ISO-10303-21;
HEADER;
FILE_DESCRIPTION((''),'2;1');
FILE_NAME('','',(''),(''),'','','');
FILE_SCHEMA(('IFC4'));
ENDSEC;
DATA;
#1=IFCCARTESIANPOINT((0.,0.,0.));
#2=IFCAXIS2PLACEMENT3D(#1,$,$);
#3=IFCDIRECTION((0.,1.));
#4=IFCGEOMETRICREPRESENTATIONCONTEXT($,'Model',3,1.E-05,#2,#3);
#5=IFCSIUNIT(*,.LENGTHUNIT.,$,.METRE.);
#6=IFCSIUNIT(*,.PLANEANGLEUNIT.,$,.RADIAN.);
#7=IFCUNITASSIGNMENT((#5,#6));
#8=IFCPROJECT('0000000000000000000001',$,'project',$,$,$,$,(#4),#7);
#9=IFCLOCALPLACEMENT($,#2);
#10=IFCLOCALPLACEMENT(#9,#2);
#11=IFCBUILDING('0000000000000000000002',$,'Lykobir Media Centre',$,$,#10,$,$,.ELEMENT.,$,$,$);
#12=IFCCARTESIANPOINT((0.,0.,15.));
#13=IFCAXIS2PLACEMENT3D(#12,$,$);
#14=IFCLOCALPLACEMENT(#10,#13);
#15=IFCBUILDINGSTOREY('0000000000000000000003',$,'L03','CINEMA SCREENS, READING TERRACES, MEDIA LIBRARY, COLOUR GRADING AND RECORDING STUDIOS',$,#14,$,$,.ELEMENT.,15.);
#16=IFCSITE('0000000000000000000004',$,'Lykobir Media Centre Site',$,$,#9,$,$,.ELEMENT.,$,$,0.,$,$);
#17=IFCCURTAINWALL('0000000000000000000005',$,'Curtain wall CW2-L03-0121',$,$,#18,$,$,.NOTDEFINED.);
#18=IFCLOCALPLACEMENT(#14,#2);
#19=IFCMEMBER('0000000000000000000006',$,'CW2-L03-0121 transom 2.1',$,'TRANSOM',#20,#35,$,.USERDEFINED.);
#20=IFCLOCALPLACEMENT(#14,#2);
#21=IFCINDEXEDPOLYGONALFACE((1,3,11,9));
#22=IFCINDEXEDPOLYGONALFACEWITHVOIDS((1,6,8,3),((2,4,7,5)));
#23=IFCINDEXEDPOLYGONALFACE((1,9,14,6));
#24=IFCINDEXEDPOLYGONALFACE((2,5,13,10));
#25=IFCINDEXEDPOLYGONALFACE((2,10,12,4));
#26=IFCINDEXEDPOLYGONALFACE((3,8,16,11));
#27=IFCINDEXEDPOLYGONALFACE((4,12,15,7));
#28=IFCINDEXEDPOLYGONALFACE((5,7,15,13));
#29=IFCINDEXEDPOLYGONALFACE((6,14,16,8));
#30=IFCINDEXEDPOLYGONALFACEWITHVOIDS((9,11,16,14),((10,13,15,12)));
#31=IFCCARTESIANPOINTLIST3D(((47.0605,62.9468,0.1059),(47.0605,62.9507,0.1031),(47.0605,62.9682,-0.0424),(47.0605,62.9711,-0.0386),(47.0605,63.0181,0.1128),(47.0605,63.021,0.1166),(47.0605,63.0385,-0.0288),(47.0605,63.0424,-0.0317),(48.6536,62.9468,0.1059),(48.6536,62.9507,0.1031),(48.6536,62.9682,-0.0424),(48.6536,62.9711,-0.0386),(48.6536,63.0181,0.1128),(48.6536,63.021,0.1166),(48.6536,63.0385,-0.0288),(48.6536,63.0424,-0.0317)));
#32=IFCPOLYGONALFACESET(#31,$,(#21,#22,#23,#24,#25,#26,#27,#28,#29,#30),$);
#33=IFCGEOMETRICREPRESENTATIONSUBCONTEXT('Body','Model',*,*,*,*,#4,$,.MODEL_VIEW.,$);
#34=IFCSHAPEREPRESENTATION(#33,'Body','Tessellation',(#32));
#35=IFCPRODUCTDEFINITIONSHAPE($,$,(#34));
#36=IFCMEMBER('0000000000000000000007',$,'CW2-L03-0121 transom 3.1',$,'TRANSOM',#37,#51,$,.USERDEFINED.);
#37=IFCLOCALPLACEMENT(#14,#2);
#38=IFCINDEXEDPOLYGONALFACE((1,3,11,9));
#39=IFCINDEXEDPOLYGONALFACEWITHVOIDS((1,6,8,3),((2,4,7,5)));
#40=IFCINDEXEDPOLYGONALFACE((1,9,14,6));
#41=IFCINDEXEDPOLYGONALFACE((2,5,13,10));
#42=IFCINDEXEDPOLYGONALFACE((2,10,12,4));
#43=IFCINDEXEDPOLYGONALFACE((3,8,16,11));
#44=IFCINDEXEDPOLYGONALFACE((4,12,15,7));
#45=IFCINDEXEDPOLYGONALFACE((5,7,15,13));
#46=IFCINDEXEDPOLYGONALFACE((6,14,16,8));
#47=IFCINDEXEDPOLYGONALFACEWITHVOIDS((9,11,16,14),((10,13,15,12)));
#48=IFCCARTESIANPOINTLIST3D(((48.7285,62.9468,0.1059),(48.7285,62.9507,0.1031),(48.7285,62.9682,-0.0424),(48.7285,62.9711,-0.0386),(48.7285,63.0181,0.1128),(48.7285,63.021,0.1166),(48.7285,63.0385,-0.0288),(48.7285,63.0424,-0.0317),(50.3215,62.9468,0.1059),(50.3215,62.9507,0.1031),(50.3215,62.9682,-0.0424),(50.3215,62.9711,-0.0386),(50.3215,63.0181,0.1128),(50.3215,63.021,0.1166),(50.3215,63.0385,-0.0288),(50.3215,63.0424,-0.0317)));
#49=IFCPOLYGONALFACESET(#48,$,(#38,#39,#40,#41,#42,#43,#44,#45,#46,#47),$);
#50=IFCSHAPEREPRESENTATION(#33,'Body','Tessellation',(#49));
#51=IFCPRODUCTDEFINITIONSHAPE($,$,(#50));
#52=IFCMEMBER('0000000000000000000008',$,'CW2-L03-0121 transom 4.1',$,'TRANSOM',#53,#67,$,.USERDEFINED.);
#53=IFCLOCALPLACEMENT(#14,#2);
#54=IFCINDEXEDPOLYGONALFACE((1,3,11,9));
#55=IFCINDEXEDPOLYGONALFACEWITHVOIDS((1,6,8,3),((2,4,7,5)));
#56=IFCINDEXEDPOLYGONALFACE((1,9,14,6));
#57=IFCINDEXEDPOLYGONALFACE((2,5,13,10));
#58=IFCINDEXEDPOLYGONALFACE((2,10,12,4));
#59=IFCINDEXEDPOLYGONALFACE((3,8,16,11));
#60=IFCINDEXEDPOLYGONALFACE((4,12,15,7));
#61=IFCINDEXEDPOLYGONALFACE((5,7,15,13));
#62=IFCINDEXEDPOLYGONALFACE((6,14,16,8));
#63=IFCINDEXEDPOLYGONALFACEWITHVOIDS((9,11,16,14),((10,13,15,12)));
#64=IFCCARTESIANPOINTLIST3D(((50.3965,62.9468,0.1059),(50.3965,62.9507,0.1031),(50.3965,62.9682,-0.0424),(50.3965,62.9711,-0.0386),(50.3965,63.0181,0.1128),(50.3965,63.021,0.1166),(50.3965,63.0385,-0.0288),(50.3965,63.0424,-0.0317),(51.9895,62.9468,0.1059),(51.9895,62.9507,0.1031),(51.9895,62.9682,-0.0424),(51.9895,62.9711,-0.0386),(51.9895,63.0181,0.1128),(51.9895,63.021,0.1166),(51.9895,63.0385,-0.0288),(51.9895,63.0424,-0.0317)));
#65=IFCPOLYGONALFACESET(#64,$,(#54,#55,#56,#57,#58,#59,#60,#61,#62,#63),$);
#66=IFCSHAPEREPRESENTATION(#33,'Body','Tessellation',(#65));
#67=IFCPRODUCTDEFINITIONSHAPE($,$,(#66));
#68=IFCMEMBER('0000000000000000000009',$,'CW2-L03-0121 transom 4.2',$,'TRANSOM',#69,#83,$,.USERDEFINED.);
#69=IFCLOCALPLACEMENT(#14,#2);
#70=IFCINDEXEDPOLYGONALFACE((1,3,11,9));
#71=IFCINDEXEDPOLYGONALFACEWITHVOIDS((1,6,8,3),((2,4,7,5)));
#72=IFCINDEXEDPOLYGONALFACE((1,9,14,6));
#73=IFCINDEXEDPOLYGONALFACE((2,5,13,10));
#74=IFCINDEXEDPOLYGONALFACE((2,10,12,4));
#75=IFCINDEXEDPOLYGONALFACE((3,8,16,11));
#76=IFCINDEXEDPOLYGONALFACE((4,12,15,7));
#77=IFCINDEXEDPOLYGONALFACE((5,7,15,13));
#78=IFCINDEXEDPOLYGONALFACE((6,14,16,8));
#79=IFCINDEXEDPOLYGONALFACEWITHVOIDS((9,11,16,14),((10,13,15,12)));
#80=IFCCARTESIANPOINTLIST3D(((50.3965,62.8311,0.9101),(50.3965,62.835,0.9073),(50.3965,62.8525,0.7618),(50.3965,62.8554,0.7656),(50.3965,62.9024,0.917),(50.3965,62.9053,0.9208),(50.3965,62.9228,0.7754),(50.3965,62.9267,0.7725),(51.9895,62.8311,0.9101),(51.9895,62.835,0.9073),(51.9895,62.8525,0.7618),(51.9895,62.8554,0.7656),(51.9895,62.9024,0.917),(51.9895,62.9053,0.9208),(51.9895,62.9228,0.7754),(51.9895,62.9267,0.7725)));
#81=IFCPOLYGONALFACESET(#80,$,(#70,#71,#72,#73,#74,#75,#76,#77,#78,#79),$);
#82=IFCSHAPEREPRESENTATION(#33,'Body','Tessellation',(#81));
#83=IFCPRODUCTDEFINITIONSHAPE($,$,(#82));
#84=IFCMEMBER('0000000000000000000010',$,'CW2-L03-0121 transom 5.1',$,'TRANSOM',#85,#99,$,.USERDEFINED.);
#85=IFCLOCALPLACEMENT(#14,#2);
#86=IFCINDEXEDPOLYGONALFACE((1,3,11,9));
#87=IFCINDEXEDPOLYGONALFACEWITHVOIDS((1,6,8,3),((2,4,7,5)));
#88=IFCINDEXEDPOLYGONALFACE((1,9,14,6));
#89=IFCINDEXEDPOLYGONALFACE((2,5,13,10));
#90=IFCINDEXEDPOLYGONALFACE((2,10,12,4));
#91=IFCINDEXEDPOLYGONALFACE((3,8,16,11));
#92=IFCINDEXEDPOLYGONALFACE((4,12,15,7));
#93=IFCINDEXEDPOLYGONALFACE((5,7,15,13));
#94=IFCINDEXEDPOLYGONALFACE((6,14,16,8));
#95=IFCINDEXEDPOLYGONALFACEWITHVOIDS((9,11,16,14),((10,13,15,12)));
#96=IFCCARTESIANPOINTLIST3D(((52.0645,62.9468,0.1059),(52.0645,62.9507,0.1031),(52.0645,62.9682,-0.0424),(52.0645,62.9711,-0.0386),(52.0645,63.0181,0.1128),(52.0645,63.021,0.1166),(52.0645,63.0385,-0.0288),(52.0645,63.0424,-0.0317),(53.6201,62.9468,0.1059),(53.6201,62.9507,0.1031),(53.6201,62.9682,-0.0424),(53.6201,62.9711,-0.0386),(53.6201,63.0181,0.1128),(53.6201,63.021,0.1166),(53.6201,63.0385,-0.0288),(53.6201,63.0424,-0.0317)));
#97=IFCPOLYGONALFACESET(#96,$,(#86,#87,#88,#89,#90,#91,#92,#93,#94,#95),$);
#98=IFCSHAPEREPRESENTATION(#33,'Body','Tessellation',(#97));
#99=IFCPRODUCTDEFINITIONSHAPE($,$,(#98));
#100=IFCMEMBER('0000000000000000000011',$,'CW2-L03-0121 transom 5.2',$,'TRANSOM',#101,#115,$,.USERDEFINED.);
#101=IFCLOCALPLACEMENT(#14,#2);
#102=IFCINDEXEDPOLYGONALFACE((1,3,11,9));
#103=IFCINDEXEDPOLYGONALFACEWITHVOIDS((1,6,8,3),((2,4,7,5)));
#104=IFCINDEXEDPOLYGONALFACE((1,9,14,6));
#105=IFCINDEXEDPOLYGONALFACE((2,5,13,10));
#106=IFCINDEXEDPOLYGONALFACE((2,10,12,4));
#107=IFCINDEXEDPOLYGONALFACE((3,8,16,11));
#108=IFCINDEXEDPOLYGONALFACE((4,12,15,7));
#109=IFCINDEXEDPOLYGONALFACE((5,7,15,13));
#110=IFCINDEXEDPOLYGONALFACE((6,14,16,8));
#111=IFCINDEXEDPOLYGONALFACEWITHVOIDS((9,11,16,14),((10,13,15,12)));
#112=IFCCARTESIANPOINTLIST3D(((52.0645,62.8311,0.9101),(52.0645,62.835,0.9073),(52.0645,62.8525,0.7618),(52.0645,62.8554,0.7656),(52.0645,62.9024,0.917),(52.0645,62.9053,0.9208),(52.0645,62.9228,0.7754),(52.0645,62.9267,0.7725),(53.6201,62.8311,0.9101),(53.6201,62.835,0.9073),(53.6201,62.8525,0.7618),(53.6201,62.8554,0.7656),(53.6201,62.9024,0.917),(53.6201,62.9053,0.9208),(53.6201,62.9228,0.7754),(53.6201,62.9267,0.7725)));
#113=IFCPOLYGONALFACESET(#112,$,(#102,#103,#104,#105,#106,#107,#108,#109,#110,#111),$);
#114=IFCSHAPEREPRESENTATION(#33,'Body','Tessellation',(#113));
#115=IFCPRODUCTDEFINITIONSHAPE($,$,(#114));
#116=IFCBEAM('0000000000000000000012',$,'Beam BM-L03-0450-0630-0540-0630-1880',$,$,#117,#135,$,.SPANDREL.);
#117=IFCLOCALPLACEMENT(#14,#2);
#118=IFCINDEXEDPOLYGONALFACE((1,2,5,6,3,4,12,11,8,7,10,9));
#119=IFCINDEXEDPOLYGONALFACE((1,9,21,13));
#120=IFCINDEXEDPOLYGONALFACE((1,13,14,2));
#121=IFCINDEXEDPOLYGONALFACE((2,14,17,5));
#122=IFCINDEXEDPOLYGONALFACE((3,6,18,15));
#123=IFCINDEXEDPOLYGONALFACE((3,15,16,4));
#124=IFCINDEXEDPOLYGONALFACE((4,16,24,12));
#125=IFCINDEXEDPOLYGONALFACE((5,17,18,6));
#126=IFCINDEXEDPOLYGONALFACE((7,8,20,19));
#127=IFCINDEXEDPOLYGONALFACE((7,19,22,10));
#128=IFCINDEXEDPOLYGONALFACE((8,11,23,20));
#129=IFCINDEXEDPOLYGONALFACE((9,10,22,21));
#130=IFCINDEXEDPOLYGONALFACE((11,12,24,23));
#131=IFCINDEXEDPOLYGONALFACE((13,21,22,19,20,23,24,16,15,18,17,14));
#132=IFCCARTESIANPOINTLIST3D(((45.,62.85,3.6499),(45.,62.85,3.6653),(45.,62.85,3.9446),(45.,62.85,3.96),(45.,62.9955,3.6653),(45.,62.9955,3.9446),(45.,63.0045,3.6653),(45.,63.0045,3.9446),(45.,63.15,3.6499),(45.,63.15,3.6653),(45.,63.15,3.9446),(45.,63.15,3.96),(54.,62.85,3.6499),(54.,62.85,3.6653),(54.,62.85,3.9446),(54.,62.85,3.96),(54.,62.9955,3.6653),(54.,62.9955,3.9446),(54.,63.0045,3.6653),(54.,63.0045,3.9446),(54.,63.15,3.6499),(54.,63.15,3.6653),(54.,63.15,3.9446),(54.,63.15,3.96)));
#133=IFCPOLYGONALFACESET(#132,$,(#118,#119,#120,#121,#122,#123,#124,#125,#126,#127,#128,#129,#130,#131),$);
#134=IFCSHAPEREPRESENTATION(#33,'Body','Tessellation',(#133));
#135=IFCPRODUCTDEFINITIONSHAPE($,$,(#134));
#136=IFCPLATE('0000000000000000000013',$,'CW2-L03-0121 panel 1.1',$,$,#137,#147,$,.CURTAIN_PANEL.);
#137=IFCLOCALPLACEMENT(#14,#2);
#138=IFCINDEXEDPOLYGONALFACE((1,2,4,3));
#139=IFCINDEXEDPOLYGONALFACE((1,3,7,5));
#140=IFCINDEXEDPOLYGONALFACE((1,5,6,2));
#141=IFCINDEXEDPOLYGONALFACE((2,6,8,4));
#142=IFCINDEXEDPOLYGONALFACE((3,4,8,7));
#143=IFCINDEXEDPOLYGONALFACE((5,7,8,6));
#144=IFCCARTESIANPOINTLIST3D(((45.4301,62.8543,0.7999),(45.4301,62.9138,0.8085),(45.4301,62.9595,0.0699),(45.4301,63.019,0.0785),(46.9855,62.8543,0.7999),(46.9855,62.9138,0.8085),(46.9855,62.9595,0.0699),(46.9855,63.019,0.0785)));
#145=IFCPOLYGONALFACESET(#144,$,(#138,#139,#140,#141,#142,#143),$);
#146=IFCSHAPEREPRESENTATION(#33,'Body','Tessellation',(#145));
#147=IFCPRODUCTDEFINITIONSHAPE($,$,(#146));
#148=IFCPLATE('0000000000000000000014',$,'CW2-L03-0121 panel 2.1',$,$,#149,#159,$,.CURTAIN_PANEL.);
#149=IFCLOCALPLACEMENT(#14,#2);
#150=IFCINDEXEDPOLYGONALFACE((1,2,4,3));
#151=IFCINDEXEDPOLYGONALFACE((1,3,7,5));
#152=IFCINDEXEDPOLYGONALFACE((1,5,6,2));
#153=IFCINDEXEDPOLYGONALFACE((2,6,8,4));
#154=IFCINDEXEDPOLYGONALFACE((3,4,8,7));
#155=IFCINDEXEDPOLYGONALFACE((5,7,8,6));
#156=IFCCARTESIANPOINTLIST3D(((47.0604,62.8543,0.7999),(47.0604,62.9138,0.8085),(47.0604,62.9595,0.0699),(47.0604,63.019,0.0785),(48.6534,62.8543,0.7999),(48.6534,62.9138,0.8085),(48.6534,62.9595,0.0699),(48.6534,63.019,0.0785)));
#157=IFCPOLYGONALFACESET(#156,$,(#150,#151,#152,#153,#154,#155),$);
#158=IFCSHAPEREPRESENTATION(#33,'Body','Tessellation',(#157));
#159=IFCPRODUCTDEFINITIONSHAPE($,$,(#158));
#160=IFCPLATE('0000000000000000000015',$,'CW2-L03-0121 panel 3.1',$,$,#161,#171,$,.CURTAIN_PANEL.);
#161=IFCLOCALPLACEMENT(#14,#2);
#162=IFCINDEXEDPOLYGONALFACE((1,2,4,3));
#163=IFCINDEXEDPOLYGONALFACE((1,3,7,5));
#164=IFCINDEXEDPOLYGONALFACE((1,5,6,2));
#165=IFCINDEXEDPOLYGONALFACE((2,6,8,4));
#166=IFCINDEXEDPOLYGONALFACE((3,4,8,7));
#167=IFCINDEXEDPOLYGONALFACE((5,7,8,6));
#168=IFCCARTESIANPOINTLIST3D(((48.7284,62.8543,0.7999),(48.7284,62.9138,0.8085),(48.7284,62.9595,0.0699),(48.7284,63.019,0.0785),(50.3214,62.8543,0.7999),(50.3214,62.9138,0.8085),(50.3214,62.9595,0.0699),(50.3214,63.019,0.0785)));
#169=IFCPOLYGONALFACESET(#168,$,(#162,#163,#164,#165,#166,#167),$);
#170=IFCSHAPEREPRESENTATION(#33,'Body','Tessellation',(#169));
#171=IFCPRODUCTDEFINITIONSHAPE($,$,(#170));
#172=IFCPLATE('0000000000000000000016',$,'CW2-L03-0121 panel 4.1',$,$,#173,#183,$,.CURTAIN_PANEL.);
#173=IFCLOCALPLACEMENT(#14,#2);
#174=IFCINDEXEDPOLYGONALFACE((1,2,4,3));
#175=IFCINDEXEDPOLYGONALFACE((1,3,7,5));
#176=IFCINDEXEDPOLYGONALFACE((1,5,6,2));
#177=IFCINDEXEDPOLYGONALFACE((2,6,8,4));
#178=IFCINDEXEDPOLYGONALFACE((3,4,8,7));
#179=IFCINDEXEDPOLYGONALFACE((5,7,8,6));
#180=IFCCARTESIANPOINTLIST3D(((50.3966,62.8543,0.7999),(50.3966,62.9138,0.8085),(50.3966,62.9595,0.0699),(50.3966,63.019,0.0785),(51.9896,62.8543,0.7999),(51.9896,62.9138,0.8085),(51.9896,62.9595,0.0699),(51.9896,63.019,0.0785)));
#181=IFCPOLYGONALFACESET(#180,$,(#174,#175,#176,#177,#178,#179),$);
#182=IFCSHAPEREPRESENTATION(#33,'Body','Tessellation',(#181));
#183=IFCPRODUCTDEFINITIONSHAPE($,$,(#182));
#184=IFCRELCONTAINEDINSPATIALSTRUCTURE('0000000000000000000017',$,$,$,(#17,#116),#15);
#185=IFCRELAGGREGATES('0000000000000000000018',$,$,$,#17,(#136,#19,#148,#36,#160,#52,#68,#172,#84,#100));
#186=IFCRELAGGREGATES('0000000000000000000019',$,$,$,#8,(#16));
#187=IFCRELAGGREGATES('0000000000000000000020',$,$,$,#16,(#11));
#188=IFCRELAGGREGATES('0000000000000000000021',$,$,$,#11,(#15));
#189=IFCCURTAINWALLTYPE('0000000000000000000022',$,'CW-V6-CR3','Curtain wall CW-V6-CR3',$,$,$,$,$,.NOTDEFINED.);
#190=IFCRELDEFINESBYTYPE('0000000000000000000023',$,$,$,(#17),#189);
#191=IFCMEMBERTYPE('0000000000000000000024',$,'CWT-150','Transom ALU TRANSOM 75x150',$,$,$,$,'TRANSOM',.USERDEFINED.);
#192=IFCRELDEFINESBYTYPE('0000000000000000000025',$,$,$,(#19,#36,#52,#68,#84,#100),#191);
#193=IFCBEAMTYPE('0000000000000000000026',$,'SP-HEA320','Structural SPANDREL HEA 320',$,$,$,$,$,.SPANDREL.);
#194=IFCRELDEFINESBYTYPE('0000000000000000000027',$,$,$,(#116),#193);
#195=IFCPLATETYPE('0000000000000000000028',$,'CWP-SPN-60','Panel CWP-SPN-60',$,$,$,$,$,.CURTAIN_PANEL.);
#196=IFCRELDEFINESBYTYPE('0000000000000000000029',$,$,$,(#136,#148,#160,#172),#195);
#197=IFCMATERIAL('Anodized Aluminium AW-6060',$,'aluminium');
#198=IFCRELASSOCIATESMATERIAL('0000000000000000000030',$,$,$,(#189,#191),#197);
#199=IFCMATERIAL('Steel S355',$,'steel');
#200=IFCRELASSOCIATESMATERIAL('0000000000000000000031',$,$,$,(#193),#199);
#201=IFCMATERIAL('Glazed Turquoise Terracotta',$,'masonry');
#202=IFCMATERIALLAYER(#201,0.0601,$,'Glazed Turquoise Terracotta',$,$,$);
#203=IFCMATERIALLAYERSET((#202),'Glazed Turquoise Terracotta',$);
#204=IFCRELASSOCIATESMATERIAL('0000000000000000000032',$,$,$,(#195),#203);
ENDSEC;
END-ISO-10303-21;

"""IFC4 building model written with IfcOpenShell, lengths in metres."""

from ifc_helpers import new_model, si_unit, direction, frame, origin, origin_2d, place, context, subcontext, project, spatial, rectangle, hollow_rectangle, i_section, extrude, material, layer, layer_set, material_profile, profile_set, type_object, element, aggregate, save


model = new_model("IFC4")

# Units and contexts
model_context = context("Model", 3, precision=1e-05, world=origin(), true_north=direction((0.0, 1.0)))
body_context = subcontext(model_context, "Body", "Model", "MODEL_VIEW")
ifc_project = project(units=[si_unit("LENGTHUNIT", "METRE"), si_unit("PLANEANGLEUNIT", "RADIAN")], contexts=[model_context])

# Site, building, storey
site_placement = place(None, origin())
site = spatial("IfcSite", under=ifc_project, at=site_placement, Name="Lykobir Media Centre Site", CompositionType="ELEMENT", RefElevation=0.0)
building_placement = place(site_placement, origin())
building = spatial("IfcBuilding", under=site, at=building_placement, Name="Lykobir Media Centre", CompositionType="ELEMENT")
storey_placement = place(building_placement, frame((0.0, 0.0, 15.0)))
storey = spatial("IfcBuildingStorey", under=building, at=storey_placement, Name="L03", Description="CINEMA SCREENS, READING TERRACES, MEDIA LIBRARY, COLOUR GRADING AND RECORDING STUDIOS", CompositionType="ELEMENT", Elevation=15.0)

# Shared definitions
ifc_material_1 = material(Name="Steel S355", Category="steel")

# Curtain wall, members
ifc_material_2 = material(Name="Anodized Aluminium AW-6060", Category="aluminium")
curtain_wall_type = type_object("IfcCurtainWallType", Name="CW-V6-CR3", Description="Curtain wall CW-V6-CR3", PredefinedType="NOTDEFINED", material=ifc_material_2)
curtain_wall_placement = place(storey_placement, origin())
curtain_wall = element("IfcCurtainWall", 1, at=curtain_wall_placement, inside=storey, type_object=curtain_wall_type, Name="Curtain wall CW2-L03-0121", PredefinedType="NOTDEFINED")
ifc_material_profile_1 = material_profile(ifc_material_2, hollow_rectangle(XDim=0.075, YDim=0.1499, WallThickness=0.0034, at=origin_2d()), Name="ALU TRANSOM 75x150")
ifc_profile_set_1 = profile_set([ifc_material_profile_1], Name="Anodized Aluminium AW-6060")
member_type_1 = type_object("IfcMemberType", Name="CWT-150", Description="Transom ALU TRANSOM 75x150", ElementType="TRANSOM", PredefinedType="USERDEFINED", material=ifc_profile_set_1)
member_1_placement = place(storey_placement, frame((47.0605, 62.9946, 0.0371), z_axis=(1.0, 0.0, 0.0), x_axis=(0.0, 0.989776, 0.142629)))
member_1 = element("IfcMember", 2, at=member_1_placement, type_object=member_type_1, Name="CW2-L03-0121 transom 2.1", ObjectType="TRANSOM", PredefinedType="USERDEFINED", context=body_context, shape_type="SweptSolid", body=[
    extrude(hollow_rectangle(XDim=0.075, YDim=0.1499, WallThickness=0.0034, at=origin_2d()), origin(), (0.0, 0.0, 1.0), 1.593),
])
member_2_placement = place(storey_placement, frame((48.7285, 62.9946, 0.0371), z_axis=(1.0, 0.0, 0.0), x_axis=(0.0, 0.989776, 0.142629)))
member_2 = element("IfcMember", 3, at=member_2_placement, type_object=member_type_1, Name="CW2-L03-0121 transom 3.1", ObjectType="TRANSOM", PredefinedType="USERDEFINED", context=body_context, shape_type="SweptSolid", body=[
    extrude(hollow_rectangle(XDim=0.075, YDim=0.1499, WallThickness=0.0034, at=origin_2d()), origin(), (0.0, 0.0, 1.0), 1.593),
])
member_3_placement = place(storey_placement, frame((50.3965, 62.9946, 0.0371), z_axis=(1.0, 0.0, 0.0), x_axis=(0.0, 0.989776, 0.142629)))
member_3 = element("IfcMember", 4, at=member_3_placement, type_object=member_type_1, Name="CW2-L03-0121 transom 4.1", ObjectType="TRANSOM", PredefinedType="USERDEFINED", context=body_context, shape_type="SweptSolid", body=[
    extrude(hollow_rectangle(XDim=0.075, YDim=0.1499, WallThickness=0.0034, at=origin_2d()), origin(), (0.0, 0.0, 1.0), 1.593),
])
member_4_placement = place(storey_placement, frame((50.3965, 62.8789, 0.8413), z_axis=(1.0, 0.0, 0.0), x_axis=(0.0, 0.989776, 0.142629)))
member_4 = element("IfcMember", 5, at=member_4_placement, type_object=member_type_1, Name="CW2-L03-0121 transom 4.2", ObjectType="TRANSOM", PredefinedType="USERDEFINED", context=body_context, shape_type="SweptSolid", body=[
    extrude(hollow_rectangle(XDim=0.075, YDim=0.1499, WallThickness=0.0034, at=origin_2d()), origin(), (0.0, 0.0, 1.0), 1.593),
])
member_5_placement = place(storey_placement, frame((52.0645, 62.9946, 0.0371), z_axis=(1.0, 0.0, 0.0), x_axis=(0.0, 0.989776, 0.142629)))
member_5 = element("IfcMember", 6, at=member_5_placement, type_object=member_type_1, Name="CW2-L03-0121 transom 5.1", ObjectType="TRANSOM", PredefinedType="USERDEFINED", context=body_context, shape_type="SweptSolid", body=[
    extrude(hollow_rectangle(XDim=0.075, YDim=0.1499, WallThickness=0.0034, at=origin_2d()), origin(), (0.0, 0.0, 1.0), 1.5557),
])
member_6_placement = place(storey_placement, frame((52.0645, 62.8789, 0.8413), z_axis=(1.0, 0.0, 0.0), x_axis=(0.0, 0.989776, 0.142629)))
member_6 = element("IfcMember", 7, at=member_6_placement, type_object=member_type_1, Name="CW2-L03-0121 transom 5.2", ObjectType="TRANSOM", PredefinedType="USERDEFINED", context=body_context, shape_type="SweptSolid", body=[
    extrude(hollow_rectangle(XDim=0.075, YDim=0.1499, WallThickness=0.0034, at=origin_2d()), origin(), (0.0, 0.0, 1.0), 1.5557),
])

# Beam
ifc_material_profile_2 = material_profile(ifc_material_1, i_section(OverallWidth=0.3, OverallDepth=0.3101, WebThickness=0.009, FlangeThickness=0.0154, at=origin_2d()), Name="HEA 320")
ifc_profile_set_2 = profile_set([ifc_material_profile_2], Name="Steel S355")
beam_type_1 = type_object("IfcBeamType", Name="SP-HEA320", Description="Structural SPANDREL HEA 320", PredefinedType="SPANDREL", material=ifc_profile_set_2)
beam_1_placement = place(storey_placement, frame((45.0, 63.0, 3.8049), z_axis=(1.0, 0.0, 0.0), x_axis=(0.0, 1.0, 0.0)))
element("IfcBeam", 8, at=beam_1_placement, inside=storey, type_object=beam_type_1, Name="Beam BM-L03-0450-0630-0540-0630-1880", PredefinedType="SPANDREL", context=body_context, shape_type="SweptSolid", body=[
    extrude(i_section(OverallWidth=0.3, OverallDepth=0.3101, WebThickness=0.009, FlangeThickness=0.0154, at=origin_2d()), origin(), (0.0, 0.0, 1.0), 9.0),
])

# Plates
ifc_material_3 = material(Name="Glazed Turquoise Terracotta", Category="masonry")
ifc_layer = layer(ifc_material_3, 0.0601, Name="Glazed Turquoise Terracotta")
ifc_layer_set = layer_set([ifc_layer], Name="Glazed Turquoise Terracotta")
plate_type = type_object("IfcPlateType", Name="CWP-SPN-60", Description="Panel CWP-SPN-60", PredefinedType="CURTAIN_PANEL", material=ifc_layer_set)
plate_1_placement = place(storey_placement, frame((46.2078, 62.9893, 0.0742), z_axis=(0.0, -0.142629, 0.989776), x_axis=(1.0, 0.0, 0.0)))
plate_1 = element("IfcPlate", 9, at=plate_1_placement, type_object=plate_type, Name="CW2-L03-0121 panel 1.1", PredefinedType="CURTAIN_PANEL", context=body_context, shape_type="SweptSolid", body=[
    extrude(rectangle(XDim=1.5554, YDim=0.0601, at=origin_2d()), origin(), (0.0, 0.0, 1.0), 0.7375),
])
plate_2_placement = place(storey_placement, frame((47.8569, 62.9893, 0.0742), z_axis=(0.0, -0.142629, 0.989776), x_axis=(1.0, 0.0, 0.0)))
plate_2 = element("IfcPlate", 10, at=plate_2_placement, type_object=plate_type, Name="CW2-L03-0121 panel 2.1", PredefinedType="CURTAIN_PANEL", context=body_context, shape_type="SweptSolid", body=[
    extrude(rectangle(XDim=1.593, YDim=0.0601, at=origin_2d()), origin(), (0.0, 0.0, 1.0), 0.7375),
])
plate_3_placement = place(storey_placement, frame((49.5249, 62.9893, 0.0742), z_axis=(0.0, -0.142629, 0.989776), x_axis=(1.0, 0.0, 0.0)))
plate_3 = element("IfcPlate", 11, at=plate_3_placement, type_object=plate_type, Name="CW2-L03-0121 panel 3.1", PredefinedType="CURTAIN_PANEL", context=body_context, shape_type="SweptSolid", body=[
    extrude(rectangle(XDim=1.593, YDim=0.0601, at=origin_2d()), origin(), (0.0, 0.0, 1.0), 0.7375),
])
plate_4_placement = place(storey_placement, frame((51.1931, 62.9893, 0.0742), z_axis=(0.0, -0.142629, 0.989776), x_axis=(1.0, 0.0, 0.0)))
plate_4 = element("IfcPlate", 12, at=plate_4_placement, type_object=plate_type, Name="CW2-L03-0121 panel 4.1", PredefinedType="CURTAIN_PANEL", context=body_context, shape_type="SweptSolid", body=[
    extrude(rectangle(XDim=1.593, YDim=0.0601, at=origin_2d()), origin(), (0.0, 0.0, 1.0), 0.7375),
])
aggregate(curtain_wall, [plate_1, member_1, plate_2, member_2, plate_3, member_3, member_4, plate_4, member_5, member_6])

save(model, "model.ifc")
